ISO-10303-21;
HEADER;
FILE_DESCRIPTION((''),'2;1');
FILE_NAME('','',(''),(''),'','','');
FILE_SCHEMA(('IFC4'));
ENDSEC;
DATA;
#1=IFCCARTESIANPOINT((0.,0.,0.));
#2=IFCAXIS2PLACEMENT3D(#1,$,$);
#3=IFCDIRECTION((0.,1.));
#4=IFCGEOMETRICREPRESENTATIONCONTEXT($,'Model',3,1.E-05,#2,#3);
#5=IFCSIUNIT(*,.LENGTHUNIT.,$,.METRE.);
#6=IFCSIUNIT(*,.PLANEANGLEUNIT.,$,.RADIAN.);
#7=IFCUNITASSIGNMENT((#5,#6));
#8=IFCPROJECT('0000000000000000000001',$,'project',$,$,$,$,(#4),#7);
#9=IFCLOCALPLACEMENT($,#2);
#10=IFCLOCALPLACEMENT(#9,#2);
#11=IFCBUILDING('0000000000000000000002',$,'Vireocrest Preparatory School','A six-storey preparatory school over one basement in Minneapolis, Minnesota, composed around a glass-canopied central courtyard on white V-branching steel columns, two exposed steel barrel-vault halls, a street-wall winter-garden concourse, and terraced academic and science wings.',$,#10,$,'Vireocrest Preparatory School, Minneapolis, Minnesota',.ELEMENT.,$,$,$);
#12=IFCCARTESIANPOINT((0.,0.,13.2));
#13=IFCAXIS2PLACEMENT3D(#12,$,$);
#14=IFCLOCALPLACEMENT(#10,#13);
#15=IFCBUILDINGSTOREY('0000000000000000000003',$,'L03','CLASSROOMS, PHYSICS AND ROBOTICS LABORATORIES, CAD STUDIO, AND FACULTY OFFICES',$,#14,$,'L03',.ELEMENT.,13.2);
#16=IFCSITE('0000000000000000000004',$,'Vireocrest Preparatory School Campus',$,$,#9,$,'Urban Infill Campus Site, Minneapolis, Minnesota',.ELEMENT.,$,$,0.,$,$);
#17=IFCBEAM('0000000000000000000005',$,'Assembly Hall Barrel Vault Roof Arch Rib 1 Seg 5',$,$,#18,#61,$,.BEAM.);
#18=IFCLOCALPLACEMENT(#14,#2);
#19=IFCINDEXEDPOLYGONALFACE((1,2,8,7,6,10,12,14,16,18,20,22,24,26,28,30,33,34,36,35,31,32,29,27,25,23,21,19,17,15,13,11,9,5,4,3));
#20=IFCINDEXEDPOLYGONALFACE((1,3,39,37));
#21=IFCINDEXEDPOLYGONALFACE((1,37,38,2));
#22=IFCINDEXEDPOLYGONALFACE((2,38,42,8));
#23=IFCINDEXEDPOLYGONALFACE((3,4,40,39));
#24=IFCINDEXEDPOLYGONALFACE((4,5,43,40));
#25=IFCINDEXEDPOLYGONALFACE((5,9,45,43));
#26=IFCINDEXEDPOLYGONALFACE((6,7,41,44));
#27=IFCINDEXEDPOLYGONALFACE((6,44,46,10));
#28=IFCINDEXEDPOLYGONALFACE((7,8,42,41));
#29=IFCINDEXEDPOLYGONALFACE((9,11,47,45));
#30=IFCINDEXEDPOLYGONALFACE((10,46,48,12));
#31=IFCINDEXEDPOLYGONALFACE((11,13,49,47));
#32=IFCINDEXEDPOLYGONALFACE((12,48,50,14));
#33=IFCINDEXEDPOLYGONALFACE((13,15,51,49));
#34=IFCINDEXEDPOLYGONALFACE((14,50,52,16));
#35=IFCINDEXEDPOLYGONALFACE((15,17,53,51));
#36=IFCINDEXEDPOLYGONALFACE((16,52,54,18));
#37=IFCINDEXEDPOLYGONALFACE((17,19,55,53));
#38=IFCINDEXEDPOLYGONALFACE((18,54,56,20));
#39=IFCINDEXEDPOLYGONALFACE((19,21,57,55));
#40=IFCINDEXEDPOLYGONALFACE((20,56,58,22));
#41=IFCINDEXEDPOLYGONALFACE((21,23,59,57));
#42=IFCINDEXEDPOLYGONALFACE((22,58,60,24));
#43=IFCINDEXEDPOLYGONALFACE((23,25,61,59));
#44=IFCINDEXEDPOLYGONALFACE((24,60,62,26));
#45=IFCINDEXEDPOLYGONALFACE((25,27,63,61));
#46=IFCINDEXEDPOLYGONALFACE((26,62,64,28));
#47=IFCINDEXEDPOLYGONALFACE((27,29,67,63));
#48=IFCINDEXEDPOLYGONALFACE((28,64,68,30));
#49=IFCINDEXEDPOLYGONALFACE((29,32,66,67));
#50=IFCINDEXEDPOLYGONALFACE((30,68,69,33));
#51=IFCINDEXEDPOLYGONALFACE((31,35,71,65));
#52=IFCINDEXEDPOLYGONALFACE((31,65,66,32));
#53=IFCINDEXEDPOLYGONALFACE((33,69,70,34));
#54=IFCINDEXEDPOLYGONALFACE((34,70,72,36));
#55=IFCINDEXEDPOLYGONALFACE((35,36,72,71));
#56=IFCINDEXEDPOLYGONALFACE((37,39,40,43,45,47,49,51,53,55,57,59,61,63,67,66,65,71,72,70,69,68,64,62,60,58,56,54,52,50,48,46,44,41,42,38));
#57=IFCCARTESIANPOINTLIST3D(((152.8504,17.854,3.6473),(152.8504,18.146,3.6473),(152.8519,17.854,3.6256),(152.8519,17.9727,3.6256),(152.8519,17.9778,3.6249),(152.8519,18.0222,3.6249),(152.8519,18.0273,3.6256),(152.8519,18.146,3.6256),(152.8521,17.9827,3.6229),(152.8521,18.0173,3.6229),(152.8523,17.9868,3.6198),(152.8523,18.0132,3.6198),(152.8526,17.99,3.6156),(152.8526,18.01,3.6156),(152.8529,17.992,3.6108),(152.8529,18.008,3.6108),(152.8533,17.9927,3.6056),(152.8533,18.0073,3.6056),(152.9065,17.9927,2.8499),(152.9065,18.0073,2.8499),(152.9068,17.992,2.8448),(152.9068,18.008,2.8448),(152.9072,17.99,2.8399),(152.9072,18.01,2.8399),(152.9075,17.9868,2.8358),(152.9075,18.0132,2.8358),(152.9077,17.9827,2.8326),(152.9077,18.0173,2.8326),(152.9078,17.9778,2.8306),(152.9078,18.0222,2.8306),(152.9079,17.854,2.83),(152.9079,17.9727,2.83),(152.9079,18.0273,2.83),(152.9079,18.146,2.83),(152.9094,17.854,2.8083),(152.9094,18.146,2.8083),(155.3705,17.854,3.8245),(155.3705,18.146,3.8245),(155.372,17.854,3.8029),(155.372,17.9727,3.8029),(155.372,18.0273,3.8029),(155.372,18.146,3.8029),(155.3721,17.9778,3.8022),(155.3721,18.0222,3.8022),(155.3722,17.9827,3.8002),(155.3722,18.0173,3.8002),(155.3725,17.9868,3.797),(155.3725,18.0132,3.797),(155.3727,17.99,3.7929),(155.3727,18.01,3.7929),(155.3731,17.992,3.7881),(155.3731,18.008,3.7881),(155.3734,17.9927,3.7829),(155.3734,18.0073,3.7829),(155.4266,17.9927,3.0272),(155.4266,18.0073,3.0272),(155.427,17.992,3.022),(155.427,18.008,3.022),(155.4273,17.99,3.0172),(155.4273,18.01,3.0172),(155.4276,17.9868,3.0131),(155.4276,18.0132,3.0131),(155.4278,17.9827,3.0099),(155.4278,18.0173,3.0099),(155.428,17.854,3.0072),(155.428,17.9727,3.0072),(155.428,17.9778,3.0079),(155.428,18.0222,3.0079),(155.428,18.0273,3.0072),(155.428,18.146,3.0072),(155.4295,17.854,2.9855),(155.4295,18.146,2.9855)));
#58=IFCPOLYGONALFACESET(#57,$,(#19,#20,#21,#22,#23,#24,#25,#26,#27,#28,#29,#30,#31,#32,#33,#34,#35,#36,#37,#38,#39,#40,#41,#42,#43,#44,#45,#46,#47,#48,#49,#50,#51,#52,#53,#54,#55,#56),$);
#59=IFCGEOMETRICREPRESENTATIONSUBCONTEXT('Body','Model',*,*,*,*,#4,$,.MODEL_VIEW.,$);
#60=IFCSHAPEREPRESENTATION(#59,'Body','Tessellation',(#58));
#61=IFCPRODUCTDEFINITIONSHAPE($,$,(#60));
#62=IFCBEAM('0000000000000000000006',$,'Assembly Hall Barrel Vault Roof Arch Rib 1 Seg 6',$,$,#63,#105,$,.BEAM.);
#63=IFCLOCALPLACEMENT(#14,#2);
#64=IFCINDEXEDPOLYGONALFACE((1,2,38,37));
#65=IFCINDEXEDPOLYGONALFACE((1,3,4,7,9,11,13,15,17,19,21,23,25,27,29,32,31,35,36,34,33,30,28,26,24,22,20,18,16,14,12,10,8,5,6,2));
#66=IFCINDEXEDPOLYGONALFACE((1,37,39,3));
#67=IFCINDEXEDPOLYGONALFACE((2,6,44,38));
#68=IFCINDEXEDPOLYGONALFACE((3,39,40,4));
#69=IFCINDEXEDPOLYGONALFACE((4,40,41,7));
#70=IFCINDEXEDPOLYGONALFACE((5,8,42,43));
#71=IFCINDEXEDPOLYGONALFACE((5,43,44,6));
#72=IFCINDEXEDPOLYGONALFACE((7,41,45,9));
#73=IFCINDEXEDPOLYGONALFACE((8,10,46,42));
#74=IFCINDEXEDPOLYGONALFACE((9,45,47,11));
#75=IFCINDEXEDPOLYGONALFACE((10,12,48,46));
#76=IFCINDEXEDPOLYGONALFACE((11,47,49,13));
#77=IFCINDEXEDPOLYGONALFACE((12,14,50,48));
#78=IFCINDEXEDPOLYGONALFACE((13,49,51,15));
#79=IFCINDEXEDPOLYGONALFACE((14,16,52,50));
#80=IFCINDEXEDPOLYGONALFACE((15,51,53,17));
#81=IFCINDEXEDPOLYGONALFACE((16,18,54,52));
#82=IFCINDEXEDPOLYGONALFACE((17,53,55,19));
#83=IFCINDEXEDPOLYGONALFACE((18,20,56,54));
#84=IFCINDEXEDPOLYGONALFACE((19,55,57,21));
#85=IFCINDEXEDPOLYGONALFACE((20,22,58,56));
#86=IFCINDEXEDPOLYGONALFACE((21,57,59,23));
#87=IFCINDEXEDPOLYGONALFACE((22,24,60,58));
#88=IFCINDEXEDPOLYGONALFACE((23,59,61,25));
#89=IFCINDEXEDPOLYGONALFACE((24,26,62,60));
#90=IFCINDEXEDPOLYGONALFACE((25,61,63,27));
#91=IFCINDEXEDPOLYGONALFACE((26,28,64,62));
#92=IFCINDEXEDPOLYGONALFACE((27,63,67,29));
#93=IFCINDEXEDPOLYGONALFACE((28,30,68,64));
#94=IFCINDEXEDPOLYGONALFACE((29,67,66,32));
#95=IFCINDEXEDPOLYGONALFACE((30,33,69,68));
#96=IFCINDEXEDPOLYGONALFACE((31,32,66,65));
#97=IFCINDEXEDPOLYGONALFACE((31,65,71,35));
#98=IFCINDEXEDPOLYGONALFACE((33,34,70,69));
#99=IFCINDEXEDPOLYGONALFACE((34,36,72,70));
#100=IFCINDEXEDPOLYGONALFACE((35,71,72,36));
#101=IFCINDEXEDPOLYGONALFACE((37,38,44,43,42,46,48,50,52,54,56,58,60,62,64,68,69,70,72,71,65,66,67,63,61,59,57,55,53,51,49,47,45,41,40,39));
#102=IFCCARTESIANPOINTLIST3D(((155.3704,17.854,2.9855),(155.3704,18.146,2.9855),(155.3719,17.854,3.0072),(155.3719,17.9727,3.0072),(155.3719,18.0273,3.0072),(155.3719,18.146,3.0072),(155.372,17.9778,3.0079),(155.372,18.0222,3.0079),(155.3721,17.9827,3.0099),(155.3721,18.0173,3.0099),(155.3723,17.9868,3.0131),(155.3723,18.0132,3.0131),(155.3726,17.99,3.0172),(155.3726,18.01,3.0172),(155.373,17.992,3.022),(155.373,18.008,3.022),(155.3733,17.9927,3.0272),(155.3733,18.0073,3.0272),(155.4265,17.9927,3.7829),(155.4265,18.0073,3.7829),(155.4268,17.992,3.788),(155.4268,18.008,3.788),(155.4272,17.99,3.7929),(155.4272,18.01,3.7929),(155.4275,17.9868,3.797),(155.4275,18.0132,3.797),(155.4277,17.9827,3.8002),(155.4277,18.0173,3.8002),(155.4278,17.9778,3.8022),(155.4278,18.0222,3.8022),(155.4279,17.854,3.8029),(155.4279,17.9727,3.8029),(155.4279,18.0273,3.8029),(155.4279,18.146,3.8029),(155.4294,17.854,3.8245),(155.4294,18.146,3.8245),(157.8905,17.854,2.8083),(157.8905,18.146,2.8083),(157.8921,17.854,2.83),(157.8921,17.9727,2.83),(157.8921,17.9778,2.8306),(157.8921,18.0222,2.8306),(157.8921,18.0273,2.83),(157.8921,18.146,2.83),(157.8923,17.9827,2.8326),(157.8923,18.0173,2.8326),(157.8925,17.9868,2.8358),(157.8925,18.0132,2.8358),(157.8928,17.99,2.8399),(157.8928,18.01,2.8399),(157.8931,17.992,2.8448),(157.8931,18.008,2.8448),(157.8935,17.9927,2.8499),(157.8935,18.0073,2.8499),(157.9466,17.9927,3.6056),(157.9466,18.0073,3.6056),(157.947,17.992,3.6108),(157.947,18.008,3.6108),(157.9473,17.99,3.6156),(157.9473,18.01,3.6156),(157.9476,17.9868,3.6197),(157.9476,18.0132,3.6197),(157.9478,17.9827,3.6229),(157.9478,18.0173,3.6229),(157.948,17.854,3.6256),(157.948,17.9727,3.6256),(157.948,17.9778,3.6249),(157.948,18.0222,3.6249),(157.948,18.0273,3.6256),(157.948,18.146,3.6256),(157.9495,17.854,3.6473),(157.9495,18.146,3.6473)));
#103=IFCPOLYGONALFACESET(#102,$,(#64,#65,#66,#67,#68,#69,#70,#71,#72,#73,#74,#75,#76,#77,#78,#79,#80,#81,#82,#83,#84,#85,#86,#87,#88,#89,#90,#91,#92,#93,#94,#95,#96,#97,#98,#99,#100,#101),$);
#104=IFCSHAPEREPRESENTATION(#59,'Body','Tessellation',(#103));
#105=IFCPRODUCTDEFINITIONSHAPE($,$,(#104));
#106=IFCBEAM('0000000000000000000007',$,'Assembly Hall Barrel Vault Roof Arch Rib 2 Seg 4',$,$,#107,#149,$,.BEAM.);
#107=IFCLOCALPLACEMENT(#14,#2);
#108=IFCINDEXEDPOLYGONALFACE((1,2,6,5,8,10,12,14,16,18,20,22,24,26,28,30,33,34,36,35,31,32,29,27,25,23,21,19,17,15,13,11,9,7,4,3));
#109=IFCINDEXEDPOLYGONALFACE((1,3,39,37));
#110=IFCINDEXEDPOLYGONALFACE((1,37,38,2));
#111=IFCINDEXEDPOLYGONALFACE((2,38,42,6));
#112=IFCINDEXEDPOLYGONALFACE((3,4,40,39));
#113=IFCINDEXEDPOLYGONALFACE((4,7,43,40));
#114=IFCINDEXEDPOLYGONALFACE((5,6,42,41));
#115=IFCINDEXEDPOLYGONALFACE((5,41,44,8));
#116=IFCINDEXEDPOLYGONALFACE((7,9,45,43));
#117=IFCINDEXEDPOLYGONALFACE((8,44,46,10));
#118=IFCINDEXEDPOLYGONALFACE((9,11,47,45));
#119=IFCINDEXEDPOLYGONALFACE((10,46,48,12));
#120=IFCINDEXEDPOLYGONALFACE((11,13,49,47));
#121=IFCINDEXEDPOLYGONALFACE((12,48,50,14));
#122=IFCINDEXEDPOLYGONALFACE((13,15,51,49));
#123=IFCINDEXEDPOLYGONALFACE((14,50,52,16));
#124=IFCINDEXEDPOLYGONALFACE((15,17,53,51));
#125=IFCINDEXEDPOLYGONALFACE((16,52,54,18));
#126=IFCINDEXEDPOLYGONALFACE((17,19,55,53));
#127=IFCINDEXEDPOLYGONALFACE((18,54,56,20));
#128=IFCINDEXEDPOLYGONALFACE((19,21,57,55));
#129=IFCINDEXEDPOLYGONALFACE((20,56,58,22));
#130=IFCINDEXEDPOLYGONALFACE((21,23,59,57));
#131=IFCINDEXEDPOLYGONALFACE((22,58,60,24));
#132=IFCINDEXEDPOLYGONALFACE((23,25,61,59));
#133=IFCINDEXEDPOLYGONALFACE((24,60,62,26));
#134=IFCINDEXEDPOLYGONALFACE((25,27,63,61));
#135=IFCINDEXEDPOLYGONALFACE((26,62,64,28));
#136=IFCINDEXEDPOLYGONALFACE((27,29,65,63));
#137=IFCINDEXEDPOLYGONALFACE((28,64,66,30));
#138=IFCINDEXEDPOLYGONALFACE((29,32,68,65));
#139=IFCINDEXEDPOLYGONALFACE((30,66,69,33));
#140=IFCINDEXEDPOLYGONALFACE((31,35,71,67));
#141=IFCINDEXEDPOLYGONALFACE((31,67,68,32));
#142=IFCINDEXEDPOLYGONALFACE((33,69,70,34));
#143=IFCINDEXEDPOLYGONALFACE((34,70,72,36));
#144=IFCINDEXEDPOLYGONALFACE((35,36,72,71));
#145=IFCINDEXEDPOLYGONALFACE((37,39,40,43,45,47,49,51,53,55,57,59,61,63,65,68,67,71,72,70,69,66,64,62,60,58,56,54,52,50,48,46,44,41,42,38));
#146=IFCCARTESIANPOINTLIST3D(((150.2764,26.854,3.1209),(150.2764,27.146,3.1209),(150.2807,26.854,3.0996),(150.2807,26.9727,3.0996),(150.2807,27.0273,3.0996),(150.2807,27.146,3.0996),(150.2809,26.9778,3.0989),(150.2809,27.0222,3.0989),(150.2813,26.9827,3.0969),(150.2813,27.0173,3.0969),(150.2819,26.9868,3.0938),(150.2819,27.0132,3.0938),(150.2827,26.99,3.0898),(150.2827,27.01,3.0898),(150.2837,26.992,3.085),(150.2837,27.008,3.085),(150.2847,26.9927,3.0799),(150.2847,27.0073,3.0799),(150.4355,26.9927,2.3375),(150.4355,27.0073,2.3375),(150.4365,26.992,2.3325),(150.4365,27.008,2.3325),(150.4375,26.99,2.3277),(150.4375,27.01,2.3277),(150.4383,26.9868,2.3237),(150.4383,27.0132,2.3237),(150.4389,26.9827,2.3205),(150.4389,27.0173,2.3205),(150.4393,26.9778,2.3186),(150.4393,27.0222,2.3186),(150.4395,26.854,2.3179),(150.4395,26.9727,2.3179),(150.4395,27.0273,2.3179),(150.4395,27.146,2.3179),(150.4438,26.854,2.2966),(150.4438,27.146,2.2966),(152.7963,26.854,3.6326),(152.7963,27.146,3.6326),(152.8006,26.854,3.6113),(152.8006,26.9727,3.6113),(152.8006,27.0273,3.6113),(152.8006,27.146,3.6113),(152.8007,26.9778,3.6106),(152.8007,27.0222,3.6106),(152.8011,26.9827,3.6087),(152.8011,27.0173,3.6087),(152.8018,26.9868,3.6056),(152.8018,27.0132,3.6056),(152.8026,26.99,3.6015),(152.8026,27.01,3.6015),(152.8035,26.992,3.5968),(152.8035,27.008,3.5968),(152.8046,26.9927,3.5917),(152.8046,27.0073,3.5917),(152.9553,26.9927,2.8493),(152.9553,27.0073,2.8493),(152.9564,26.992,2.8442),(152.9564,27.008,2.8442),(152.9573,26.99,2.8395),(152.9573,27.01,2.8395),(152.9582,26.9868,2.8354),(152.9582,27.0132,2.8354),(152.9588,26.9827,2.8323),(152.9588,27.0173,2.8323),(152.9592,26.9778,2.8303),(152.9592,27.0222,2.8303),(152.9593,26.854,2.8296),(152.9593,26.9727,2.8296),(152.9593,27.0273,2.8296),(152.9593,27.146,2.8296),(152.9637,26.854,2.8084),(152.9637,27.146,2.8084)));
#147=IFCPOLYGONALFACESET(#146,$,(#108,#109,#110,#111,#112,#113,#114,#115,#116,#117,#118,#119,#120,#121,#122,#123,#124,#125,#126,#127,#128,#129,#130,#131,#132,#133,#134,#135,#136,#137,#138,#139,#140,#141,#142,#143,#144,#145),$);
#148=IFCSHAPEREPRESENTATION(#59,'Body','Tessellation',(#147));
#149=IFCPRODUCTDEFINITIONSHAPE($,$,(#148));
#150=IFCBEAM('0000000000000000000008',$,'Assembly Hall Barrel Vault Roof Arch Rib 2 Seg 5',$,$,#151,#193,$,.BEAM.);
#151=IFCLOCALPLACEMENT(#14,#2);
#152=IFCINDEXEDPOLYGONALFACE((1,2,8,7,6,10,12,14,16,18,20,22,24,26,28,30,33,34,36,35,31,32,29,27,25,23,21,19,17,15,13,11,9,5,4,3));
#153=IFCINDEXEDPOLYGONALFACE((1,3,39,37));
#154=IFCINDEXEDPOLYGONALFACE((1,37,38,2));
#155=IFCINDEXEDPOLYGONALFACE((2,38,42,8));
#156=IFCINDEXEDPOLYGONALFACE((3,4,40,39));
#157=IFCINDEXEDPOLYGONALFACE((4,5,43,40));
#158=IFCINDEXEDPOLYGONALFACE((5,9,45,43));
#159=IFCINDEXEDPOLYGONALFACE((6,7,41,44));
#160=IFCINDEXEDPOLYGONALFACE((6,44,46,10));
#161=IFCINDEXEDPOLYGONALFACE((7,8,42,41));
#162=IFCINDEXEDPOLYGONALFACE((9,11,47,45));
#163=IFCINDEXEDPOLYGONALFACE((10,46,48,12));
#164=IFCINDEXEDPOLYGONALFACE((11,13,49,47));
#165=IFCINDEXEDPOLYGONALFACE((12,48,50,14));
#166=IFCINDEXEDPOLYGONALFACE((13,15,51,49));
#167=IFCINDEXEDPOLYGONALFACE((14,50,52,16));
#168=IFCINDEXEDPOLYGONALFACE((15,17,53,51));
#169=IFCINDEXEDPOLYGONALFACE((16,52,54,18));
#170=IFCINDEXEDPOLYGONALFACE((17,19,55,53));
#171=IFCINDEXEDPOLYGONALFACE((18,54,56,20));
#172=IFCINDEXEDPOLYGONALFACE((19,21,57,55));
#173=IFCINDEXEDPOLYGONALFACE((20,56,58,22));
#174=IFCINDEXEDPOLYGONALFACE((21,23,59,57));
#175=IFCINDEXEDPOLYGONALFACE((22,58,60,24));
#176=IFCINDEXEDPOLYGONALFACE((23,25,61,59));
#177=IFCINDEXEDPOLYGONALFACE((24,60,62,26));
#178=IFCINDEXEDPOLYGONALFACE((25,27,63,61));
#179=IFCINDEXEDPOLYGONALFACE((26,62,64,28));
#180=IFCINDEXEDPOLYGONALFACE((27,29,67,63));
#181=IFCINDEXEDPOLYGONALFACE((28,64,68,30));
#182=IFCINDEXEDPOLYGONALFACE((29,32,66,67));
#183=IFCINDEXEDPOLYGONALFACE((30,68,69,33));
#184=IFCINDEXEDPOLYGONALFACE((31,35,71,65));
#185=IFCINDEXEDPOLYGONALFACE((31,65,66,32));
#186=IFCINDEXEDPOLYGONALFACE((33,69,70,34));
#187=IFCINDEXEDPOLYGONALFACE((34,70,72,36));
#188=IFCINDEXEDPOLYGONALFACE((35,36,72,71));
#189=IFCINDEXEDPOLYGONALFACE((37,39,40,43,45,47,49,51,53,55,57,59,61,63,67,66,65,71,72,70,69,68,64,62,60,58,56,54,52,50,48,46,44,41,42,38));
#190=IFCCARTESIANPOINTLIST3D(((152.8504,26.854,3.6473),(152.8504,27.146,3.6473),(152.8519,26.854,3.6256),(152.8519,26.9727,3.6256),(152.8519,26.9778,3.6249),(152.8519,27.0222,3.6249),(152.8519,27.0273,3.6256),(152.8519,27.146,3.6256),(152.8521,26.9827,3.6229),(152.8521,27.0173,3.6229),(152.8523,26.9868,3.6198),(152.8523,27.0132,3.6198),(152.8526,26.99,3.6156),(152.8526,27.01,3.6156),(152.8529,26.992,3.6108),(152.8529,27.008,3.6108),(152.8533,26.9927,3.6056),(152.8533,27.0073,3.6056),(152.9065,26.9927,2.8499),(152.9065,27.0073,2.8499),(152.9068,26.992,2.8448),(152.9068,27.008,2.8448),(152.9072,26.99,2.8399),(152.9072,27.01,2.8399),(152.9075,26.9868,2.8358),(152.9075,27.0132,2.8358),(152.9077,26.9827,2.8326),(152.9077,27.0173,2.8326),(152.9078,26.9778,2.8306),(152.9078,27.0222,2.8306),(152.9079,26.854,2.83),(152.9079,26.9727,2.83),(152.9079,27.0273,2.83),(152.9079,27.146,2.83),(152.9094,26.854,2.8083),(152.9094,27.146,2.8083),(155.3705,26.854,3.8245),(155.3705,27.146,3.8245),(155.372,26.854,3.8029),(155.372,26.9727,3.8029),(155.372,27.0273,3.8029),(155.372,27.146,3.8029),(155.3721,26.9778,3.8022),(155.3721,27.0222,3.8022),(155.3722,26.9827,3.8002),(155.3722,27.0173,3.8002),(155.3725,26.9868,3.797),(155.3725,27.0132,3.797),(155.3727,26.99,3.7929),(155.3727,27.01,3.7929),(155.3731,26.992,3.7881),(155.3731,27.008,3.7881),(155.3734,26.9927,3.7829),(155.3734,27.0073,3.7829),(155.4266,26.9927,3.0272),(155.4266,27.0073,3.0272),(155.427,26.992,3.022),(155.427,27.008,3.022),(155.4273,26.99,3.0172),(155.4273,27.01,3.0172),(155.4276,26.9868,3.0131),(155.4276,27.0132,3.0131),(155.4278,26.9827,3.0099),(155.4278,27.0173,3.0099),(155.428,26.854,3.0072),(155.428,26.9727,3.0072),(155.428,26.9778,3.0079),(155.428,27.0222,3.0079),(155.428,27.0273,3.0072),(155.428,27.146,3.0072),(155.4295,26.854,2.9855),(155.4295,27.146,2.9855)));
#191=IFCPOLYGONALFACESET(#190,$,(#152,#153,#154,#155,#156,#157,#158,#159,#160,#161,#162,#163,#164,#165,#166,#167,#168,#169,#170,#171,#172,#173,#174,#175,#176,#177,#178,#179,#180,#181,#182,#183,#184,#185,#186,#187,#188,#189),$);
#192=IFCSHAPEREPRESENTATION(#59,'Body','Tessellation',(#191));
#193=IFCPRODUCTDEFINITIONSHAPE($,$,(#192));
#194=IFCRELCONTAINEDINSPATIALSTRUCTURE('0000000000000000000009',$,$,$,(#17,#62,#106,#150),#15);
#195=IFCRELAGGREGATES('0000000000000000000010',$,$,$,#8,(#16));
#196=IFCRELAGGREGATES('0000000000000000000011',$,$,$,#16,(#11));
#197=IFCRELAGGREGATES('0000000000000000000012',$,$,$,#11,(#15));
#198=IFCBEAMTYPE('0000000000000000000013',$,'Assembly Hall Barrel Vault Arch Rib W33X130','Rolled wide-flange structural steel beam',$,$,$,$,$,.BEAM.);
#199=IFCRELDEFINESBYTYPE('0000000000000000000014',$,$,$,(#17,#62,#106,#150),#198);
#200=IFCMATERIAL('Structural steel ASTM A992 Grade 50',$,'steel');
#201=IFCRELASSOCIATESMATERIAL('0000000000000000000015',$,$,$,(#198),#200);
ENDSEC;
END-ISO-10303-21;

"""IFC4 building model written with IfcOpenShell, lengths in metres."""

from ifc_helpers import new_model, si_unit, direction, frame, origin, origin_2d, place, context, subcontext, project, spatial, i_section, extrude, material, material_profile, profile_set, type_object, element, save


model = new_model("IFC4")

# Units and contexts
model_context = context("Model", 3, precision=1e-05, world=origin(), true_north=direction((0.0, 1.0)))
body_context = subcontext(model_context, "Body", "Model", "MODEL_VIEW")
ifc_project = project(units=[si_unit("LENGTHUNIT", "METRE"), si_unit("PLANEANGLEUNIT", "RADIAN")], contexts=[model_context])

# Site, building, storey
site_placement = place(None, origin())
site = spatial("IfcSite", under=ifc_project, at=site_placement, Name="Vireocrest Preparatory School Campus", LongName="Urban Infill Campus Site, Minneapolis, Minnesota", CompositionType="ELEMENT", RefElevation=0.0)
building_placement = place(site_placement, origin())
building = spatial("IfcBuilding", under=site, at=building_placement, Name="Vireocrest Preparatory School", Description="A six-storey preparatory school over one basement in Minneapolis, Minnesota, composed around a glass-canopied central courtyard on white V-branching steel columns, two exposed steel barrel-vault halls, a street-wall winter-garden concourse, and terraced academic and science wings.", LongName="Vireocrest Preparatory School, Minneapolis, Minnesota", CompositionType="ELEMENT")
storey_placement = place(building_placement, frame((0.0, 0.0, 13.2)))
storey = spatial("IfcBuildingStorey", under=building, at=storey_placement, Name="L03", Description="CLASSROOMS, PHYSICS AND ROBOTICS LABORATORIES, CAD STUDIO, AND FACULTY OFFICES", LongName="L03", CompositionType="ELEMENT", Elevation=13.2)

# Beams
ifc_material_1 = material(Name="Structural steel ASTM A992 Grade 50", Category="steel")
ifc_material_profile_1 = material_profile(ifc_material_1, i_section(OverallWidth=0.292, OverallDepth=0.8411, WebThickness=0.0146, FlangeThickness=0.0217, FilletRadius=0.02, at=origin_2d()), Name="W33X130")
ifc_profile_set_1 = profile_set([ifc_material_profile_1], Name="Structural steel ASTM A992 Grade 50")
beam_type_1 = type_object("IfcBeamType", Name="Assembly Hall Barrel Vault Arch Rib W33X130", Description="Rolled wide-flange structural steel beam", PredefinedType="BEAM", material=ifc_profile_set_1)
for number, where, z_axis, x_axis, name in (
    (1, (152.8799, 18.0, 3.2278), (0.997536, 0.0, 0.070162), (0.0, 1.0, 0.0), "Assembly Hall Barrel Vault Roof Arch Rib 1 Seg 5"),
    (2, (155.3999, 18.0, 3.405), (0.997536, 0.0, -0.070162), (0.0, 1.0, 0.0), "Assembly Hall Barrel Vault Roof Arch Rib 1 Seg 6"),
):
    element("IfcBeam", number, at=place(storey_placement, frame(where, z_axis=z_axis, x_axis=x_axis)), inside=storey, type_object=beam_type_1, Name=name, PredefinedType="BEAM", context=body_context, shape_type="SweptSolid", body=[
        extrude(i_section(OverallWidth=0.292, OverallDepth=0.8411, WebThickness=0.0146, FlangeThickness=0.0217, FilletRadius=0.02, at=origin_2d()), origin(), (0.0, 0.0, 1.0), 2.5264),
    ])
beam_1_placement = place(storey_placement, frame((150.3601, 27.0, 2.7087), z_axis=(0.979996, 0.0, 0.199019), x_axis=(0.0, 1.0, 0.0)))
element("IfcBeam", 3, at=beam_1_placement, inside=storey, type_object=beam_type_1, Name="Assembly Hall Barrel Vault Roof Arch Rib 2 Seg 4", PredefinedType="BEAM", context=body_context, shape_type="SweptSolid", body=[
    extrude(i_section(OverallWidth=0.292, OverallDepth=0.8411, WebThickness=0.0146, FlangeThickness=0.0217, FilletRadius=0.02, at=origin_2d()), origin(), (0.0, 0.0, 1.0), 2.5713),
])
for number, where, z_axis, x_axis, name in (
    (4, (152.8799, 27.0, 3.2278), (0.997536, 0.0, 0.070162), (0.0, 1.0, 0.0), "Assembly Hall Barrel Vault Roof Arch Rib 2 Seg 5"),
):
    element("IfcBeam", number, at=place(storey_placement, frame(where, z_axis=z_axis, x_axis=x_axis)), inside=storey, type_object=beam_type_1, Name=name, PredefinedType="BEAM", context=body_context, shape_type="SweptSolid", body=[
        extrude(i_section(OverallWidth=0.292, OverallDepth=0.8411, WebThickness=0.0146, FlangeThickness=0.0217, FilletRadius=0.02, at=origin_2d()), origin(), (0.0, 0.0, 1.0), 2.5264),
    ])

save(model, "model.ifc")
